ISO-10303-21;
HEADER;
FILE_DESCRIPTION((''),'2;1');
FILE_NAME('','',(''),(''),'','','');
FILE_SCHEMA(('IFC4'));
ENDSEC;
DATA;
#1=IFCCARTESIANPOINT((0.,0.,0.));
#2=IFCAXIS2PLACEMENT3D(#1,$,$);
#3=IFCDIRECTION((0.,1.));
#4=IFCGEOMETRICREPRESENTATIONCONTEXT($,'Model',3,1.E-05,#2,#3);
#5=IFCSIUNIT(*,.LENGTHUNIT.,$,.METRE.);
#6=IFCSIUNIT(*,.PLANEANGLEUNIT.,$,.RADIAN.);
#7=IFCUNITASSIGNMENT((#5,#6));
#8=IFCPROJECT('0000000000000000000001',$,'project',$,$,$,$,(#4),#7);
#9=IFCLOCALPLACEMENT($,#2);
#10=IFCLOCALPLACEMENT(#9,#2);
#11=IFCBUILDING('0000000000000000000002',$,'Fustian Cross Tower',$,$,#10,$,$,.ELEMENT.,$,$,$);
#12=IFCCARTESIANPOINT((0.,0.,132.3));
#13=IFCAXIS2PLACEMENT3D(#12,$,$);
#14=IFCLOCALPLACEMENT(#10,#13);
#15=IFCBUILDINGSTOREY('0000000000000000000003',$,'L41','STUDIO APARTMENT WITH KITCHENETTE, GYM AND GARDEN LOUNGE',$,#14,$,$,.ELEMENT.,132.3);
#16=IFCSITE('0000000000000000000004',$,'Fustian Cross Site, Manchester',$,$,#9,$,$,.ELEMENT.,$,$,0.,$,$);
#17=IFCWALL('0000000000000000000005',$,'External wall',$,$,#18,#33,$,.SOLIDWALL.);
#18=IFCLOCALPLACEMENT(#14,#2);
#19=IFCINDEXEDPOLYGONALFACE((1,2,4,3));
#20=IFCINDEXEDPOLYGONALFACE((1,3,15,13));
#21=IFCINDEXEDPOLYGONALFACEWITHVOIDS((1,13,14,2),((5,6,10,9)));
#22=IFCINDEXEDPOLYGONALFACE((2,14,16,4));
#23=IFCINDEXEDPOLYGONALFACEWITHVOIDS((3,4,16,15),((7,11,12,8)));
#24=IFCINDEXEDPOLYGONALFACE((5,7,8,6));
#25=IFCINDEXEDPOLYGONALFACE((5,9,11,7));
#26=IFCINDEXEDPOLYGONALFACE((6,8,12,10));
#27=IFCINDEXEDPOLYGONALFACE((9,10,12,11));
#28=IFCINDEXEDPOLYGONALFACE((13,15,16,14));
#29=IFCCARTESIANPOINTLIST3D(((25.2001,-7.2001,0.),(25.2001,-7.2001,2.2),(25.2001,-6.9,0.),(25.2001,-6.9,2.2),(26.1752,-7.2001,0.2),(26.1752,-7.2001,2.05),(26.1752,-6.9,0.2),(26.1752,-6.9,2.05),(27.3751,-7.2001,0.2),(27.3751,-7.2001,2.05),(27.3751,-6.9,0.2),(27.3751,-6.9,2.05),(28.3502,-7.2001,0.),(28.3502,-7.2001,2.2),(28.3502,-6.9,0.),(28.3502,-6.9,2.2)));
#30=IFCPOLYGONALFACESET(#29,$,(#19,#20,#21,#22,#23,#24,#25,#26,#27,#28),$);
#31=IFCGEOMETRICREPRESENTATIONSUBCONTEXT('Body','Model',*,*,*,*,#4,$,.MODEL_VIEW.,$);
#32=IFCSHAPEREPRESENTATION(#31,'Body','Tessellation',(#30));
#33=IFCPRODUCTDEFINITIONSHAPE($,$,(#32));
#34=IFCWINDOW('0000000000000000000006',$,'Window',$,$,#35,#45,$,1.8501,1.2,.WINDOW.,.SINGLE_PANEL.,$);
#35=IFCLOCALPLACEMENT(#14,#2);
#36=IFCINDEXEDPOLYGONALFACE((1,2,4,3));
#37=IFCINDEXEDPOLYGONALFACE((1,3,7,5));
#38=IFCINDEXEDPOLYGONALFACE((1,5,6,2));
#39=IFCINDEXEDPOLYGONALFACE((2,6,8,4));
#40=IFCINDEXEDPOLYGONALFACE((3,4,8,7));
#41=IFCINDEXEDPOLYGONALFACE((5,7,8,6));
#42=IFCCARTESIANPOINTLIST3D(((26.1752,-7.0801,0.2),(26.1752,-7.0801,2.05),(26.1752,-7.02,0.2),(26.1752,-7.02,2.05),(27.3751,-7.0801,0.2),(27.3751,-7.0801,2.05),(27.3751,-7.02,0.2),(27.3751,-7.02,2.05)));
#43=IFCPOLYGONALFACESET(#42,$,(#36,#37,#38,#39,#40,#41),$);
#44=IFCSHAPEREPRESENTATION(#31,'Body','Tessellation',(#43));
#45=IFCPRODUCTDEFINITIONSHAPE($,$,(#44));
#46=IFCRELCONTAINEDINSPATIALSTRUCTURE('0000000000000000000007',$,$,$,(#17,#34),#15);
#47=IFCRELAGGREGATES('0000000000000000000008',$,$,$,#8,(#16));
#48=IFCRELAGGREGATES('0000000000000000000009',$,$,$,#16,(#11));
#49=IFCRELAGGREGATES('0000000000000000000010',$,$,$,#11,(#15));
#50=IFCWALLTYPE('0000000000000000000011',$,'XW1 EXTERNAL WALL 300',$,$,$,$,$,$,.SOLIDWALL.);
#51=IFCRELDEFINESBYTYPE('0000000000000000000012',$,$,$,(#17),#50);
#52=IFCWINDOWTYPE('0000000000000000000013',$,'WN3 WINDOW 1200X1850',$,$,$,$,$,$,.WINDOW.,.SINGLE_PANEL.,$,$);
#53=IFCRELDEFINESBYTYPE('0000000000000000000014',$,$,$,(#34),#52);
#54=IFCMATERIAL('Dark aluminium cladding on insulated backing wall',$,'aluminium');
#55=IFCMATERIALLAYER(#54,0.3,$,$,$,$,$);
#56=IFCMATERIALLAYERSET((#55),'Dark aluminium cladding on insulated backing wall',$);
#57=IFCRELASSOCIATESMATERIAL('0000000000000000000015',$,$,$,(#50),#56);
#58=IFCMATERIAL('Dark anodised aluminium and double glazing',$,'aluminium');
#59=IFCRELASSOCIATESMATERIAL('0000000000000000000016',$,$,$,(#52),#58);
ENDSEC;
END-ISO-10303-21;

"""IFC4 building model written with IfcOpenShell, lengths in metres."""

from ifc_helpers import new_model, si_unit, direction, frame, frame_2d, origin, place, context, subcontext, project, spatial, rectangle, extrude, material, layer, layer_set, type_object, element, fill, save


model = new_model("IFC4")

# Units and contexts
model_context = context("Model", 3, precision=1e-05, world=origin(), true_north=direction((0.0, 1.0)))
body_context = subcontext(model_context, "Body", "Model", "MODEL_VIEW")
ifc_project = project(units=[si_unit("LENGTHUNIT", "METRE"), si_unit("PLANEANGLEUNIT", "RADIAN")], contexts=[model_context])

# Site, building, storey
site_placement = place(None, origin())
site = spatial("IfcSite", under=ifc_project, at=site_placement, Name="Fustian Cross Site, Manchester", CompositionType="ELEMENT", RefElevation=0.0)
building_placement = place(site_placement, origin())
building = spatial("IfcBuilding", under=site, at=building_placement, Name="Fustian Cross Tower", CompositionType="ELEMENT")
storey_placement = place(building_placement, frame((0.0, 0.0, 132.3)))
storey = spatial("IfcBuildingStorey", under=building, at=storey_placement, Name="L41", Description="STUDIO APARTMENT WITH KITCHENETTE, GYM AND GARDEN LOUNGE", CompositionType="ELEMENT", Elevation=132.3)

# Wall, opening, window
ifc_material_1 = material(Name="Dark aluminium cladding on insulated backing wall", Category="aluminium")
ifc_layer_1 = layer(ifc_material_1, 0.3)
ifc_layer_set_1 = layer_set([ifc_layer_1], Name="Dark aluminium cladding on insulated backing wall")
wall_type_1 = type_object("IfcWallType", Name="XW1 EXTERNAL WALL 300", PredefinedType="SOLIDWALL", material=ifc_layer_set_1)
ifc_material_2 = material(Name="Dark anodised aluminium and double glazing", Category="aluminium")
window_type = type_object("IfcWindowType", Name="WN3 WINDOW 1200X1850", PartitioningType="SINGLE_PANEL", PredefinedType="WINDOW", material=ifc_material_2)
wall_1_placement = place(storey_placement, frame((25.2, -7.05, 0.0), z_axis=(0.0, 0.0, 1.0), x_axis=(1.0, 0.0, 0.0)))
wall_1 = element("IfcWall", 1, at=wall_1_placement, inside=storey, type_object=wall_type_1, Name="External wall", PredefinedType="SOLIDWALL", context=body_context, shape_type="SweptSolid", body=[
    extrude(rectangle(XDim=3.1501, YDim=0.3, at=frame_2d((1.5752, 0.0))), origin(), (0.0, 0.0, 1.0), 2.2),
])
opening_1_placement = place(wall_1_placement, frame((0.9751, 0.0, 0.2)))
opening_1 = element("IfcOpeningElement", 2, at=opening_1_placement, cuts=wall_1, PredefinedType="OPENING", context=body_context, shape_type="SweptSolid", body=[
    extrude(rectangle(XDim=1.2, YDim=1.8501, at=frame_2d((0.6001, 0.925))), frame((0.0, 0.1599, 0.0), z_axis=(0.0, -1.0, 0.0), x_axis=(1.0, 0.0, 0.0)), (0.0, 0.0, 1.0), 0.3201),
])
window_1_placement = place(opening_1_placement, origin())
window_1 = element("IfcWindow", 3, at=window_1_placement, inside=storey, type_object=window_type, Name="Window", OverallHeight=1.8501, OverallWidth=1.2, PartitioningType="SINGLE_PANEL", PredefinedType="WINDOW", context=body_context, shape_type="SweptSolid", body=[
    extrude(rectangle(XDim=1.2, YDim=1.8501, at=frame_2d((0.6001, 0.925))), frame((0.0, 0.03, 0.0), z_axis=(0.0, -1.0, 0.0), x_axis=(1.0, 0.0, 0.0)), (0.0, 0.0, 1.0), 0.0601),
])
fill(opening_1, window_1)

save(model, "model.ifc")
